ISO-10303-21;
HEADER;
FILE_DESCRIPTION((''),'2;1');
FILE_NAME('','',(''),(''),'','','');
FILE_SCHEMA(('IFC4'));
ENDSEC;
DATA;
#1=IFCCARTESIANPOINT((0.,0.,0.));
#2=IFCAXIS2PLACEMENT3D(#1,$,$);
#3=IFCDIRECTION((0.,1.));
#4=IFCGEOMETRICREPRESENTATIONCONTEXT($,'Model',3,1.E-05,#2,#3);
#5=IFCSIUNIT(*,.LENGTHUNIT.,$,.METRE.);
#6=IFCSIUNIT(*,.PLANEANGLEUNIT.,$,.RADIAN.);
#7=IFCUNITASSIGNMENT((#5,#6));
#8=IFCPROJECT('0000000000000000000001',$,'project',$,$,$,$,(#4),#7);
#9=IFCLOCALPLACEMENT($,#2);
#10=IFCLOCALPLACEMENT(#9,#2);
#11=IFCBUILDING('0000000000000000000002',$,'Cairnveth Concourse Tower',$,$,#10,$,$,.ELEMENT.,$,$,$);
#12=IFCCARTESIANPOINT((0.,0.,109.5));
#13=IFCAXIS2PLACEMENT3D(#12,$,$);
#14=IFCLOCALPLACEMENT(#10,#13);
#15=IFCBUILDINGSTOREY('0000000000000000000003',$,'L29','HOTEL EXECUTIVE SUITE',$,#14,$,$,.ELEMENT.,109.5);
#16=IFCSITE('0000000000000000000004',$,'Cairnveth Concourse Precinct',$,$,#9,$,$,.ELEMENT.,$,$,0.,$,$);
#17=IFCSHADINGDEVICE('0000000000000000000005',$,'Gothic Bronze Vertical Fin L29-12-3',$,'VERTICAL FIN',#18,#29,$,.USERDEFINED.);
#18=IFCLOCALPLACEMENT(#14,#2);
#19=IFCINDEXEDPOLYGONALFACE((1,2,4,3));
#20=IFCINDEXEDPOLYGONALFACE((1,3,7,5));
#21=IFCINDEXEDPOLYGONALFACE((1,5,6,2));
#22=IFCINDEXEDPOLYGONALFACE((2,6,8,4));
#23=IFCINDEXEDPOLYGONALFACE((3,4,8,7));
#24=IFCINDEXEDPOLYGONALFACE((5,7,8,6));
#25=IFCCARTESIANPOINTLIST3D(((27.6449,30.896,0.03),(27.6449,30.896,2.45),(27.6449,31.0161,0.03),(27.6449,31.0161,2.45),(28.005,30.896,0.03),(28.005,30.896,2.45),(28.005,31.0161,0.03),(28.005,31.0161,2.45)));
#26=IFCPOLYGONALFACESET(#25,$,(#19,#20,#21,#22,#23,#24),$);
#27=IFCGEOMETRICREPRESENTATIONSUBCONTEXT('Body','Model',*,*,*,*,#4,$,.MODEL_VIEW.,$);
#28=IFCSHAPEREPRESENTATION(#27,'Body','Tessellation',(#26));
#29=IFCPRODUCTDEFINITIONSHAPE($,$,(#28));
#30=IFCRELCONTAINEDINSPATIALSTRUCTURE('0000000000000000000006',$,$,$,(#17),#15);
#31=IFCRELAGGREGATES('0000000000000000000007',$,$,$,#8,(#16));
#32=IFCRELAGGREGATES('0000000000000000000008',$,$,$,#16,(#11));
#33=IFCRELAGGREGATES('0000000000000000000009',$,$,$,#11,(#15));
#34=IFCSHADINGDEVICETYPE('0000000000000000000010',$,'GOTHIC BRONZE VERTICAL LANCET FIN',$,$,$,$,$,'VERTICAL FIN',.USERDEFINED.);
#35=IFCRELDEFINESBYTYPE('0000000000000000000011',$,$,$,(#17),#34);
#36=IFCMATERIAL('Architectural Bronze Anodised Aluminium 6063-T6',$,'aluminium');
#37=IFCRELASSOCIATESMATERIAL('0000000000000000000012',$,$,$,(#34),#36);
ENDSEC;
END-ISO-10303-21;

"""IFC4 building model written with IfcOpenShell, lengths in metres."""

from ifc_helpers import new_model, si_unit, direction, frame, origin, origin_2d, place, context, subcontext, project, spatial, rectangle, extrude, material, type_object, element, save


model = new_model("IFC4")

# Units and contexts
model_context = context("Model", 3, precision=1e-05, world=origin(), true_north=direction((0.0, 1.0)))
body_context = subcontext(model_context, "Body", "Model", "MODEL_VIEW")
ifc_project = project(units=[si_unit("LENGTHUNIT", "METRE"), si_unit("PLANEANGLEUNIT", "RADIAN")], contexts=[model_context])

# Site, building, storey
site_placement = place(None, origin())
site = spatial("IfcSite", under=ifc_project, at=site_placement, Name="Cairnveth Concourse Precinct", CompositionType="ELEMENT", RefElevation=0.0)
building_placement = place(site_placement, origin())
building = spatial("IfcBuilding", under=site, at=building_placement, Name="Cairnveth Concourse Tower", CompositionType="ELEMENT")
storey_placement = place(building_placement, frame((0.0, 0.0, 109.5)))
storey = spatial("IfcBuildingStorey", under=building, at=storey_placement, Name="L29", Description="HOTEL EXECUTIVE SUITE", CompositionType="ELEMENT", Elevation=109.5)

# Shading device
ifc_material_1 = material(Name="Architectural Bronze Anodised Aluminium 6063-T6", Category="aluminium")
shading_device_type = type_object("IfcShadingDeviceType", Name="GOTHIC BRONZE VERTICAL LANCET FIN", ElementType="VERTICAL FIN", PredefinedType="USERDEFINED", material=ifc_material_1)
for number, where, z_axis, x_axis, name in (
    (1, (27.825, 30.9561, 0.03), (0.0, 0.0, 1.0), (0.0, 1.0, 0.0), "Gothic Bronze Vertical Fin L29-12-3"),
):
    element("IfcShadingDevice", number, at=place(storey_placement, frame(where, z_axis=z_axis, x_axis=x_axis)), inside=storey, type_object=shading_device_type, Name=name, ObjectType="VERTICAL FIN", PredefinedType="USERDEFINED", context=body_context, shape_type="SweptSolid", body=[
        extrude(rectangle(XDim=0.1201, YDim=0.3601, at=origin_2d()), origin(), (0.0, 0.0, 1.0), 2.4199),
    ])

save(model, "model.ifc")
